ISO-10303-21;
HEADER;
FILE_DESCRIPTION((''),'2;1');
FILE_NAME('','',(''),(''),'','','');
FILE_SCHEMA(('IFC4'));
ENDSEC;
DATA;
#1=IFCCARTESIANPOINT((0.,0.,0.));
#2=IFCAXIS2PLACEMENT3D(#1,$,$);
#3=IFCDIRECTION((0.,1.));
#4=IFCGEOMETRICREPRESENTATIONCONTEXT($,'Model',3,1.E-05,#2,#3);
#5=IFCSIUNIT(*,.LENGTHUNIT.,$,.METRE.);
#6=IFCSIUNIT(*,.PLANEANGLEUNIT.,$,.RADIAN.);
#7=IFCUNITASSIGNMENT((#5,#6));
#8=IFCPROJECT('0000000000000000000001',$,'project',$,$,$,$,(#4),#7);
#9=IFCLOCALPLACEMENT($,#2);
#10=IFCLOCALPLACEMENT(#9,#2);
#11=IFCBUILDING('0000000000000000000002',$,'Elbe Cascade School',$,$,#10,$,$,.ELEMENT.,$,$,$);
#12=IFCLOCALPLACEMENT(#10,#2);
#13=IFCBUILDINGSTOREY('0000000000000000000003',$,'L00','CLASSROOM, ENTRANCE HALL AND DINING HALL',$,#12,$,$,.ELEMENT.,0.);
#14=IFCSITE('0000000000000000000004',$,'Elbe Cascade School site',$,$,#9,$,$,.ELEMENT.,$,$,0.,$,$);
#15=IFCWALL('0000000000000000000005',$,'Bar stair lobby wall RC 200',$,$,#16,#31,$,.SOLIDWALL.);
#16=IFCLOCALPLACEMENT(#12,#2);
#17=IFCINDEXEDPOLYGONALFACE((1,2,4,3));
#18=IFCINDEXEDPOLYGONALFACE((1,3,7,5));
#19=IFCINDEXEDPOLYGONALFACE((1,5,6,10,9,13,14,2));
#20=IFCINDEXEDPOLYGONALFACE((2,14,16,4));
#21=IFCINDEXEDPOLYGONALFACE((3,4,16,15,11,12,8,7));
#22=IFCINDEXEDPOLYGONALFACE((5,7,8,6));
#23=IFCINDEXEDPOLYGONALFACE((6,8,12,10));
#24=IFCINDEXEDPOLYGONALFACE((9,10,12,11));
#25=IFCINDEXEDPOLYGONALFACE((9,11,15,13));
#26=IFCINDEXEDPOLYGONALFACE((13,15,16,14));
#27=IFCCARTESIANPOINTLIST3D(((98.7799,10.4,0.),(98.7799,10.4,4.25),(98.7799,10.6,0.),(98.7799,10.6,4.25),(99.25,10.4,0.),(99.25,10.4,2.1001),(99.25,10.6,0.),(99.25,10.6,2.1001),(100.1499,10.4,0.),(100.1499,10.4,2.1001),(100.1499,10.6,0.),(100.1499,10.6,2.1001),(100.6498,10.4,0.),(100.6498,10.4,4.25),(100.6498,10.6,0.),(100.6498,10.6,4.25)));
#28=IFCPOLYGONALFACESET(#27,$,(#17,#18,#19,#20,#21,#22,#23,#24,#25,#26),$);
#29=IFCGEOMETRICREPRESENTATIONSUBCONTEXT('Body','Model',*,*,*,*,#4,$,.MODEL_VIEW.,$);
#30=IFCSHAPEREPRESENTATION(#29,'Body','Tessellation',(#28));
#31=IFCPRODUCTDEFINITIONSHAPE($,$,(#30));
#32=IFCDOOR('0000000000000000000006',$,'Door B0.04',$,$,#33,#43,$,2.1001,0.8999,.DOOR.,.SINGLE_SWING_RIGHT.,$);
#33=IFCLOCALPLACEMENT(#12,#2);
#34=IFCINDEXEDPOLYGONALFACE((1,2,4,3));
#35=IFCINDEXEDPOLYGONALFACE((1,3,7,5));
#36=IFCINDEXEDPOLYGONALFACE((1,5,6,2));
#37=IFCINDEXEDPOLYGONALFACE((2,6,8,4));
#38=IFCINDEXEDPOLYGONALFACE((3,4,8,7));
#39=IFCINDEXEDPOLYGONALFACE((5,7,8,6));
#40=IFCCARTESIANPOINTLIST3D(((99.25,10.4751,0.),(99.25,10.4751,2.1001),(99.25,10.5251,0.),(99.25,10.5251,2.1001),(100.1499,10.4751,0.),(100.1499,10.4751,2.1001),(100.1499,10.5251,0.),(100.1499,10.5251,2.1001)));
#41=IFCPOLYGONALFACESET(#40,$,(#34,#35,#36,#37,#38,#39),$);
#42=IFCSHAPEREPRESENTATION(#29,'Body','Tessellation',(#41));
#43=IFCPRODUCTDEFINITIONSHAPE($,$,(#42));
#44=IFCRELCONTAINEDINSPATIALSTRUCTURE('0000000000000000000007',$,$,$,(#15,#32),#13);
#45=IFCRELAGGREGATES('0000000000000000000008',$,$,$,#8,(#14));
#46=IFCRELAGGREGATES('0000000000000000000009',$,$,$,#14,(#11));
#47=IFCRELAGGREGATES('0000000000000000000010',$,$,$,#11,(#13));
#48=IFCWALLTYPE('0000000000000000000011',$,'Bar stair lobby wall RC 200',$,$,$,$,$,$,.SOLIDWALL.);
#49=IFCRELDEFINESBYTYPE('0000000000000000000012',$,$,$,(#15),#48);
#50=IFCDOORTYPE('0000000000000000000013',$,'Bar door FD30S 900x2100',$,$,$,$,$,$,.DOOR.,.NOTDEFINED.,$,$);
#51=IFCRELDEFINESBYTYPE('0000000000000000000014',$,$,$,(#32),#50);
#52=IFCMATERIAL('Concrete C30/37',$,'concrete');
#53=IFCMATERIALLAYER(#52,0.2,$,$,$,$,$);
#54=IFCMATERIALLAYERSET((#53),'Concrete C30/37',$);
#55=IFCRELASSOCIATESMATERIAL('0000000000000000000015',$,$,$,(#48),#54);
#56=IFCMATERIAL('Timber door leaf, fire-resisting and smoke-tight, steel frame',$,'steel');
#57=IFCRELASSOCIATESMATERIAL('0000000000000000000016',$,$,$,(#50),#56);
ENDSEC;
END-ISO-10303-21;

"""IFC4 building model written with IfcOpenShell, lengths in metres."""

from ifc_helpers import new_model, si_unit, direction, frame, frame_2d, origin, place, context, subcontext, project, spatial, rectangle, extrude, material, layer, layer_set, type_object, element, fill, save


model = new_model("IFC4")

# Units and contexts
model_context = context("Model", 3, precision=1e-05, world=origin(), true_north=direction((0.0, 1.0)))
body_context = subcontext(model_context, "Body", "Model", "MODEL_VIEW")
ifc_project = project(units=[si_unit("LENGTHUNIT", "METRE"), si_unit("PLANEANGLEUNIT", "RADIAN")], contexts=[model_context])

# Site, building, storey
site_placement = place(None, origin())
site = spatial("IfcSite", under=ifc_project, at=site_placement, Name="Elbe Cascade School site", CompositionType="ELEMENT", RefElevation=0.0)
building_placement = place(site_placement, origin())
building = spatial("IfcBuilding", under=site, at=building_placement, Name="Elbe Cascade School", CompositionType="ELEMENT")
storey_placement = place(building_placement, origin())
storey = spatial("IfcBuildingStorey", under=building, at=storey_placement, Name="L00", Description="CLASSROOM, ENTRANCE HALL AND DINING HALL", CompositionType="ELEMENT", Elevation=0.0)

# Wall, opening, door
ifc_material_1 = material(Name="Concrete C30/37", Category="concrete")
ifc_layer_1 = layer(ifc_material_1, 0.2)
ifc_layer_set_1 = layer_set([ifc_layer_1], Name="Concrete C30/37")
wall_type_1 = type_object("IfcWallType", Name="Bar stair lobby wall RC 200", PredefinedType="SOLIDWALL", material=ifc_layer_set_1)
wall_1_placement = place(storey_placement, frame((100.6499, 10.5, 0.0), z_axis=(0.0, 0.0, 1.0), x_axis=(-1.0, 0.0, 0.0)))
wall_1 = element("IfcWall", 1, at=wall_1_placement, inside=storey, type_object=wall_type_1, Name="Bar stair lobby wall RC 200", PredefinedType="SOLIDWALL", context=body_context, shape_type="SweptSolid", body=[
    extrude(rectangle(XDim=1.8699, YDim=0.2, at=frame_2d((0.9351, 0.0))), origin(), (0.0, 0.0, 1.0), 4.25),
])
opening_1_placement = place(wall_1_placement, frame((0.5, 0.0, 0.0)))
opening_1 = element("IfcOpeningElement", 2, at=opening_1_placement, cuts=wall_1, PredefinedType="OPENING", context=body_context, shape_type="SweptSolid", body=[
    extrude(rectangle(XDim=0.8999, YDim=2.1001, at=frame_2d((0.45, 1.05))), frame((0.0, 0.1099, 0.0), z_axis=(0.0, -1.0, 0.0), x_axis=(1.0, 0.0, 0.0)), (0.0, 0.0, 1.0), 0.22),
])
ifc_material_2 = material(Name="Timber door leaf, fire-resisting and smoke-tight, steel frame", Category="steel")
door_type_1 = type_object("IfcDoorType", Name="Bar door FD30S 900x2100", OperationType="NOTDEFINED", PredefinedType="DOOR", material=ifc_material_2)
door_1_placement = place(opening_1_placement, origin())
door_1 = element("IfcDoor", 3, at=door_1_placement, inside=storey, type_object=door_type_1, Name="Door B0.04", OperationType="SINGLE_SWING_RIGHT", OverallHeight=2.1001, OverallWidth=0.8999, PredefinedType="DOOR", context=body_context, shape_type="SweptSolid", body=[
    extrude(rectangle(XDim=0.8999, YDim=2.1001, at=frame_2d((0.45, 1.05))), frame((0.0, 0.0249, 0.0), z_axis=(0.0, -1.0, 0.0), x_axis=(1.0, 0.0, 0.0)), (0.0, 0.0, 1.0), 0.05),
])
fill(opening_1, door_1)

save(model, "model.ifc")
